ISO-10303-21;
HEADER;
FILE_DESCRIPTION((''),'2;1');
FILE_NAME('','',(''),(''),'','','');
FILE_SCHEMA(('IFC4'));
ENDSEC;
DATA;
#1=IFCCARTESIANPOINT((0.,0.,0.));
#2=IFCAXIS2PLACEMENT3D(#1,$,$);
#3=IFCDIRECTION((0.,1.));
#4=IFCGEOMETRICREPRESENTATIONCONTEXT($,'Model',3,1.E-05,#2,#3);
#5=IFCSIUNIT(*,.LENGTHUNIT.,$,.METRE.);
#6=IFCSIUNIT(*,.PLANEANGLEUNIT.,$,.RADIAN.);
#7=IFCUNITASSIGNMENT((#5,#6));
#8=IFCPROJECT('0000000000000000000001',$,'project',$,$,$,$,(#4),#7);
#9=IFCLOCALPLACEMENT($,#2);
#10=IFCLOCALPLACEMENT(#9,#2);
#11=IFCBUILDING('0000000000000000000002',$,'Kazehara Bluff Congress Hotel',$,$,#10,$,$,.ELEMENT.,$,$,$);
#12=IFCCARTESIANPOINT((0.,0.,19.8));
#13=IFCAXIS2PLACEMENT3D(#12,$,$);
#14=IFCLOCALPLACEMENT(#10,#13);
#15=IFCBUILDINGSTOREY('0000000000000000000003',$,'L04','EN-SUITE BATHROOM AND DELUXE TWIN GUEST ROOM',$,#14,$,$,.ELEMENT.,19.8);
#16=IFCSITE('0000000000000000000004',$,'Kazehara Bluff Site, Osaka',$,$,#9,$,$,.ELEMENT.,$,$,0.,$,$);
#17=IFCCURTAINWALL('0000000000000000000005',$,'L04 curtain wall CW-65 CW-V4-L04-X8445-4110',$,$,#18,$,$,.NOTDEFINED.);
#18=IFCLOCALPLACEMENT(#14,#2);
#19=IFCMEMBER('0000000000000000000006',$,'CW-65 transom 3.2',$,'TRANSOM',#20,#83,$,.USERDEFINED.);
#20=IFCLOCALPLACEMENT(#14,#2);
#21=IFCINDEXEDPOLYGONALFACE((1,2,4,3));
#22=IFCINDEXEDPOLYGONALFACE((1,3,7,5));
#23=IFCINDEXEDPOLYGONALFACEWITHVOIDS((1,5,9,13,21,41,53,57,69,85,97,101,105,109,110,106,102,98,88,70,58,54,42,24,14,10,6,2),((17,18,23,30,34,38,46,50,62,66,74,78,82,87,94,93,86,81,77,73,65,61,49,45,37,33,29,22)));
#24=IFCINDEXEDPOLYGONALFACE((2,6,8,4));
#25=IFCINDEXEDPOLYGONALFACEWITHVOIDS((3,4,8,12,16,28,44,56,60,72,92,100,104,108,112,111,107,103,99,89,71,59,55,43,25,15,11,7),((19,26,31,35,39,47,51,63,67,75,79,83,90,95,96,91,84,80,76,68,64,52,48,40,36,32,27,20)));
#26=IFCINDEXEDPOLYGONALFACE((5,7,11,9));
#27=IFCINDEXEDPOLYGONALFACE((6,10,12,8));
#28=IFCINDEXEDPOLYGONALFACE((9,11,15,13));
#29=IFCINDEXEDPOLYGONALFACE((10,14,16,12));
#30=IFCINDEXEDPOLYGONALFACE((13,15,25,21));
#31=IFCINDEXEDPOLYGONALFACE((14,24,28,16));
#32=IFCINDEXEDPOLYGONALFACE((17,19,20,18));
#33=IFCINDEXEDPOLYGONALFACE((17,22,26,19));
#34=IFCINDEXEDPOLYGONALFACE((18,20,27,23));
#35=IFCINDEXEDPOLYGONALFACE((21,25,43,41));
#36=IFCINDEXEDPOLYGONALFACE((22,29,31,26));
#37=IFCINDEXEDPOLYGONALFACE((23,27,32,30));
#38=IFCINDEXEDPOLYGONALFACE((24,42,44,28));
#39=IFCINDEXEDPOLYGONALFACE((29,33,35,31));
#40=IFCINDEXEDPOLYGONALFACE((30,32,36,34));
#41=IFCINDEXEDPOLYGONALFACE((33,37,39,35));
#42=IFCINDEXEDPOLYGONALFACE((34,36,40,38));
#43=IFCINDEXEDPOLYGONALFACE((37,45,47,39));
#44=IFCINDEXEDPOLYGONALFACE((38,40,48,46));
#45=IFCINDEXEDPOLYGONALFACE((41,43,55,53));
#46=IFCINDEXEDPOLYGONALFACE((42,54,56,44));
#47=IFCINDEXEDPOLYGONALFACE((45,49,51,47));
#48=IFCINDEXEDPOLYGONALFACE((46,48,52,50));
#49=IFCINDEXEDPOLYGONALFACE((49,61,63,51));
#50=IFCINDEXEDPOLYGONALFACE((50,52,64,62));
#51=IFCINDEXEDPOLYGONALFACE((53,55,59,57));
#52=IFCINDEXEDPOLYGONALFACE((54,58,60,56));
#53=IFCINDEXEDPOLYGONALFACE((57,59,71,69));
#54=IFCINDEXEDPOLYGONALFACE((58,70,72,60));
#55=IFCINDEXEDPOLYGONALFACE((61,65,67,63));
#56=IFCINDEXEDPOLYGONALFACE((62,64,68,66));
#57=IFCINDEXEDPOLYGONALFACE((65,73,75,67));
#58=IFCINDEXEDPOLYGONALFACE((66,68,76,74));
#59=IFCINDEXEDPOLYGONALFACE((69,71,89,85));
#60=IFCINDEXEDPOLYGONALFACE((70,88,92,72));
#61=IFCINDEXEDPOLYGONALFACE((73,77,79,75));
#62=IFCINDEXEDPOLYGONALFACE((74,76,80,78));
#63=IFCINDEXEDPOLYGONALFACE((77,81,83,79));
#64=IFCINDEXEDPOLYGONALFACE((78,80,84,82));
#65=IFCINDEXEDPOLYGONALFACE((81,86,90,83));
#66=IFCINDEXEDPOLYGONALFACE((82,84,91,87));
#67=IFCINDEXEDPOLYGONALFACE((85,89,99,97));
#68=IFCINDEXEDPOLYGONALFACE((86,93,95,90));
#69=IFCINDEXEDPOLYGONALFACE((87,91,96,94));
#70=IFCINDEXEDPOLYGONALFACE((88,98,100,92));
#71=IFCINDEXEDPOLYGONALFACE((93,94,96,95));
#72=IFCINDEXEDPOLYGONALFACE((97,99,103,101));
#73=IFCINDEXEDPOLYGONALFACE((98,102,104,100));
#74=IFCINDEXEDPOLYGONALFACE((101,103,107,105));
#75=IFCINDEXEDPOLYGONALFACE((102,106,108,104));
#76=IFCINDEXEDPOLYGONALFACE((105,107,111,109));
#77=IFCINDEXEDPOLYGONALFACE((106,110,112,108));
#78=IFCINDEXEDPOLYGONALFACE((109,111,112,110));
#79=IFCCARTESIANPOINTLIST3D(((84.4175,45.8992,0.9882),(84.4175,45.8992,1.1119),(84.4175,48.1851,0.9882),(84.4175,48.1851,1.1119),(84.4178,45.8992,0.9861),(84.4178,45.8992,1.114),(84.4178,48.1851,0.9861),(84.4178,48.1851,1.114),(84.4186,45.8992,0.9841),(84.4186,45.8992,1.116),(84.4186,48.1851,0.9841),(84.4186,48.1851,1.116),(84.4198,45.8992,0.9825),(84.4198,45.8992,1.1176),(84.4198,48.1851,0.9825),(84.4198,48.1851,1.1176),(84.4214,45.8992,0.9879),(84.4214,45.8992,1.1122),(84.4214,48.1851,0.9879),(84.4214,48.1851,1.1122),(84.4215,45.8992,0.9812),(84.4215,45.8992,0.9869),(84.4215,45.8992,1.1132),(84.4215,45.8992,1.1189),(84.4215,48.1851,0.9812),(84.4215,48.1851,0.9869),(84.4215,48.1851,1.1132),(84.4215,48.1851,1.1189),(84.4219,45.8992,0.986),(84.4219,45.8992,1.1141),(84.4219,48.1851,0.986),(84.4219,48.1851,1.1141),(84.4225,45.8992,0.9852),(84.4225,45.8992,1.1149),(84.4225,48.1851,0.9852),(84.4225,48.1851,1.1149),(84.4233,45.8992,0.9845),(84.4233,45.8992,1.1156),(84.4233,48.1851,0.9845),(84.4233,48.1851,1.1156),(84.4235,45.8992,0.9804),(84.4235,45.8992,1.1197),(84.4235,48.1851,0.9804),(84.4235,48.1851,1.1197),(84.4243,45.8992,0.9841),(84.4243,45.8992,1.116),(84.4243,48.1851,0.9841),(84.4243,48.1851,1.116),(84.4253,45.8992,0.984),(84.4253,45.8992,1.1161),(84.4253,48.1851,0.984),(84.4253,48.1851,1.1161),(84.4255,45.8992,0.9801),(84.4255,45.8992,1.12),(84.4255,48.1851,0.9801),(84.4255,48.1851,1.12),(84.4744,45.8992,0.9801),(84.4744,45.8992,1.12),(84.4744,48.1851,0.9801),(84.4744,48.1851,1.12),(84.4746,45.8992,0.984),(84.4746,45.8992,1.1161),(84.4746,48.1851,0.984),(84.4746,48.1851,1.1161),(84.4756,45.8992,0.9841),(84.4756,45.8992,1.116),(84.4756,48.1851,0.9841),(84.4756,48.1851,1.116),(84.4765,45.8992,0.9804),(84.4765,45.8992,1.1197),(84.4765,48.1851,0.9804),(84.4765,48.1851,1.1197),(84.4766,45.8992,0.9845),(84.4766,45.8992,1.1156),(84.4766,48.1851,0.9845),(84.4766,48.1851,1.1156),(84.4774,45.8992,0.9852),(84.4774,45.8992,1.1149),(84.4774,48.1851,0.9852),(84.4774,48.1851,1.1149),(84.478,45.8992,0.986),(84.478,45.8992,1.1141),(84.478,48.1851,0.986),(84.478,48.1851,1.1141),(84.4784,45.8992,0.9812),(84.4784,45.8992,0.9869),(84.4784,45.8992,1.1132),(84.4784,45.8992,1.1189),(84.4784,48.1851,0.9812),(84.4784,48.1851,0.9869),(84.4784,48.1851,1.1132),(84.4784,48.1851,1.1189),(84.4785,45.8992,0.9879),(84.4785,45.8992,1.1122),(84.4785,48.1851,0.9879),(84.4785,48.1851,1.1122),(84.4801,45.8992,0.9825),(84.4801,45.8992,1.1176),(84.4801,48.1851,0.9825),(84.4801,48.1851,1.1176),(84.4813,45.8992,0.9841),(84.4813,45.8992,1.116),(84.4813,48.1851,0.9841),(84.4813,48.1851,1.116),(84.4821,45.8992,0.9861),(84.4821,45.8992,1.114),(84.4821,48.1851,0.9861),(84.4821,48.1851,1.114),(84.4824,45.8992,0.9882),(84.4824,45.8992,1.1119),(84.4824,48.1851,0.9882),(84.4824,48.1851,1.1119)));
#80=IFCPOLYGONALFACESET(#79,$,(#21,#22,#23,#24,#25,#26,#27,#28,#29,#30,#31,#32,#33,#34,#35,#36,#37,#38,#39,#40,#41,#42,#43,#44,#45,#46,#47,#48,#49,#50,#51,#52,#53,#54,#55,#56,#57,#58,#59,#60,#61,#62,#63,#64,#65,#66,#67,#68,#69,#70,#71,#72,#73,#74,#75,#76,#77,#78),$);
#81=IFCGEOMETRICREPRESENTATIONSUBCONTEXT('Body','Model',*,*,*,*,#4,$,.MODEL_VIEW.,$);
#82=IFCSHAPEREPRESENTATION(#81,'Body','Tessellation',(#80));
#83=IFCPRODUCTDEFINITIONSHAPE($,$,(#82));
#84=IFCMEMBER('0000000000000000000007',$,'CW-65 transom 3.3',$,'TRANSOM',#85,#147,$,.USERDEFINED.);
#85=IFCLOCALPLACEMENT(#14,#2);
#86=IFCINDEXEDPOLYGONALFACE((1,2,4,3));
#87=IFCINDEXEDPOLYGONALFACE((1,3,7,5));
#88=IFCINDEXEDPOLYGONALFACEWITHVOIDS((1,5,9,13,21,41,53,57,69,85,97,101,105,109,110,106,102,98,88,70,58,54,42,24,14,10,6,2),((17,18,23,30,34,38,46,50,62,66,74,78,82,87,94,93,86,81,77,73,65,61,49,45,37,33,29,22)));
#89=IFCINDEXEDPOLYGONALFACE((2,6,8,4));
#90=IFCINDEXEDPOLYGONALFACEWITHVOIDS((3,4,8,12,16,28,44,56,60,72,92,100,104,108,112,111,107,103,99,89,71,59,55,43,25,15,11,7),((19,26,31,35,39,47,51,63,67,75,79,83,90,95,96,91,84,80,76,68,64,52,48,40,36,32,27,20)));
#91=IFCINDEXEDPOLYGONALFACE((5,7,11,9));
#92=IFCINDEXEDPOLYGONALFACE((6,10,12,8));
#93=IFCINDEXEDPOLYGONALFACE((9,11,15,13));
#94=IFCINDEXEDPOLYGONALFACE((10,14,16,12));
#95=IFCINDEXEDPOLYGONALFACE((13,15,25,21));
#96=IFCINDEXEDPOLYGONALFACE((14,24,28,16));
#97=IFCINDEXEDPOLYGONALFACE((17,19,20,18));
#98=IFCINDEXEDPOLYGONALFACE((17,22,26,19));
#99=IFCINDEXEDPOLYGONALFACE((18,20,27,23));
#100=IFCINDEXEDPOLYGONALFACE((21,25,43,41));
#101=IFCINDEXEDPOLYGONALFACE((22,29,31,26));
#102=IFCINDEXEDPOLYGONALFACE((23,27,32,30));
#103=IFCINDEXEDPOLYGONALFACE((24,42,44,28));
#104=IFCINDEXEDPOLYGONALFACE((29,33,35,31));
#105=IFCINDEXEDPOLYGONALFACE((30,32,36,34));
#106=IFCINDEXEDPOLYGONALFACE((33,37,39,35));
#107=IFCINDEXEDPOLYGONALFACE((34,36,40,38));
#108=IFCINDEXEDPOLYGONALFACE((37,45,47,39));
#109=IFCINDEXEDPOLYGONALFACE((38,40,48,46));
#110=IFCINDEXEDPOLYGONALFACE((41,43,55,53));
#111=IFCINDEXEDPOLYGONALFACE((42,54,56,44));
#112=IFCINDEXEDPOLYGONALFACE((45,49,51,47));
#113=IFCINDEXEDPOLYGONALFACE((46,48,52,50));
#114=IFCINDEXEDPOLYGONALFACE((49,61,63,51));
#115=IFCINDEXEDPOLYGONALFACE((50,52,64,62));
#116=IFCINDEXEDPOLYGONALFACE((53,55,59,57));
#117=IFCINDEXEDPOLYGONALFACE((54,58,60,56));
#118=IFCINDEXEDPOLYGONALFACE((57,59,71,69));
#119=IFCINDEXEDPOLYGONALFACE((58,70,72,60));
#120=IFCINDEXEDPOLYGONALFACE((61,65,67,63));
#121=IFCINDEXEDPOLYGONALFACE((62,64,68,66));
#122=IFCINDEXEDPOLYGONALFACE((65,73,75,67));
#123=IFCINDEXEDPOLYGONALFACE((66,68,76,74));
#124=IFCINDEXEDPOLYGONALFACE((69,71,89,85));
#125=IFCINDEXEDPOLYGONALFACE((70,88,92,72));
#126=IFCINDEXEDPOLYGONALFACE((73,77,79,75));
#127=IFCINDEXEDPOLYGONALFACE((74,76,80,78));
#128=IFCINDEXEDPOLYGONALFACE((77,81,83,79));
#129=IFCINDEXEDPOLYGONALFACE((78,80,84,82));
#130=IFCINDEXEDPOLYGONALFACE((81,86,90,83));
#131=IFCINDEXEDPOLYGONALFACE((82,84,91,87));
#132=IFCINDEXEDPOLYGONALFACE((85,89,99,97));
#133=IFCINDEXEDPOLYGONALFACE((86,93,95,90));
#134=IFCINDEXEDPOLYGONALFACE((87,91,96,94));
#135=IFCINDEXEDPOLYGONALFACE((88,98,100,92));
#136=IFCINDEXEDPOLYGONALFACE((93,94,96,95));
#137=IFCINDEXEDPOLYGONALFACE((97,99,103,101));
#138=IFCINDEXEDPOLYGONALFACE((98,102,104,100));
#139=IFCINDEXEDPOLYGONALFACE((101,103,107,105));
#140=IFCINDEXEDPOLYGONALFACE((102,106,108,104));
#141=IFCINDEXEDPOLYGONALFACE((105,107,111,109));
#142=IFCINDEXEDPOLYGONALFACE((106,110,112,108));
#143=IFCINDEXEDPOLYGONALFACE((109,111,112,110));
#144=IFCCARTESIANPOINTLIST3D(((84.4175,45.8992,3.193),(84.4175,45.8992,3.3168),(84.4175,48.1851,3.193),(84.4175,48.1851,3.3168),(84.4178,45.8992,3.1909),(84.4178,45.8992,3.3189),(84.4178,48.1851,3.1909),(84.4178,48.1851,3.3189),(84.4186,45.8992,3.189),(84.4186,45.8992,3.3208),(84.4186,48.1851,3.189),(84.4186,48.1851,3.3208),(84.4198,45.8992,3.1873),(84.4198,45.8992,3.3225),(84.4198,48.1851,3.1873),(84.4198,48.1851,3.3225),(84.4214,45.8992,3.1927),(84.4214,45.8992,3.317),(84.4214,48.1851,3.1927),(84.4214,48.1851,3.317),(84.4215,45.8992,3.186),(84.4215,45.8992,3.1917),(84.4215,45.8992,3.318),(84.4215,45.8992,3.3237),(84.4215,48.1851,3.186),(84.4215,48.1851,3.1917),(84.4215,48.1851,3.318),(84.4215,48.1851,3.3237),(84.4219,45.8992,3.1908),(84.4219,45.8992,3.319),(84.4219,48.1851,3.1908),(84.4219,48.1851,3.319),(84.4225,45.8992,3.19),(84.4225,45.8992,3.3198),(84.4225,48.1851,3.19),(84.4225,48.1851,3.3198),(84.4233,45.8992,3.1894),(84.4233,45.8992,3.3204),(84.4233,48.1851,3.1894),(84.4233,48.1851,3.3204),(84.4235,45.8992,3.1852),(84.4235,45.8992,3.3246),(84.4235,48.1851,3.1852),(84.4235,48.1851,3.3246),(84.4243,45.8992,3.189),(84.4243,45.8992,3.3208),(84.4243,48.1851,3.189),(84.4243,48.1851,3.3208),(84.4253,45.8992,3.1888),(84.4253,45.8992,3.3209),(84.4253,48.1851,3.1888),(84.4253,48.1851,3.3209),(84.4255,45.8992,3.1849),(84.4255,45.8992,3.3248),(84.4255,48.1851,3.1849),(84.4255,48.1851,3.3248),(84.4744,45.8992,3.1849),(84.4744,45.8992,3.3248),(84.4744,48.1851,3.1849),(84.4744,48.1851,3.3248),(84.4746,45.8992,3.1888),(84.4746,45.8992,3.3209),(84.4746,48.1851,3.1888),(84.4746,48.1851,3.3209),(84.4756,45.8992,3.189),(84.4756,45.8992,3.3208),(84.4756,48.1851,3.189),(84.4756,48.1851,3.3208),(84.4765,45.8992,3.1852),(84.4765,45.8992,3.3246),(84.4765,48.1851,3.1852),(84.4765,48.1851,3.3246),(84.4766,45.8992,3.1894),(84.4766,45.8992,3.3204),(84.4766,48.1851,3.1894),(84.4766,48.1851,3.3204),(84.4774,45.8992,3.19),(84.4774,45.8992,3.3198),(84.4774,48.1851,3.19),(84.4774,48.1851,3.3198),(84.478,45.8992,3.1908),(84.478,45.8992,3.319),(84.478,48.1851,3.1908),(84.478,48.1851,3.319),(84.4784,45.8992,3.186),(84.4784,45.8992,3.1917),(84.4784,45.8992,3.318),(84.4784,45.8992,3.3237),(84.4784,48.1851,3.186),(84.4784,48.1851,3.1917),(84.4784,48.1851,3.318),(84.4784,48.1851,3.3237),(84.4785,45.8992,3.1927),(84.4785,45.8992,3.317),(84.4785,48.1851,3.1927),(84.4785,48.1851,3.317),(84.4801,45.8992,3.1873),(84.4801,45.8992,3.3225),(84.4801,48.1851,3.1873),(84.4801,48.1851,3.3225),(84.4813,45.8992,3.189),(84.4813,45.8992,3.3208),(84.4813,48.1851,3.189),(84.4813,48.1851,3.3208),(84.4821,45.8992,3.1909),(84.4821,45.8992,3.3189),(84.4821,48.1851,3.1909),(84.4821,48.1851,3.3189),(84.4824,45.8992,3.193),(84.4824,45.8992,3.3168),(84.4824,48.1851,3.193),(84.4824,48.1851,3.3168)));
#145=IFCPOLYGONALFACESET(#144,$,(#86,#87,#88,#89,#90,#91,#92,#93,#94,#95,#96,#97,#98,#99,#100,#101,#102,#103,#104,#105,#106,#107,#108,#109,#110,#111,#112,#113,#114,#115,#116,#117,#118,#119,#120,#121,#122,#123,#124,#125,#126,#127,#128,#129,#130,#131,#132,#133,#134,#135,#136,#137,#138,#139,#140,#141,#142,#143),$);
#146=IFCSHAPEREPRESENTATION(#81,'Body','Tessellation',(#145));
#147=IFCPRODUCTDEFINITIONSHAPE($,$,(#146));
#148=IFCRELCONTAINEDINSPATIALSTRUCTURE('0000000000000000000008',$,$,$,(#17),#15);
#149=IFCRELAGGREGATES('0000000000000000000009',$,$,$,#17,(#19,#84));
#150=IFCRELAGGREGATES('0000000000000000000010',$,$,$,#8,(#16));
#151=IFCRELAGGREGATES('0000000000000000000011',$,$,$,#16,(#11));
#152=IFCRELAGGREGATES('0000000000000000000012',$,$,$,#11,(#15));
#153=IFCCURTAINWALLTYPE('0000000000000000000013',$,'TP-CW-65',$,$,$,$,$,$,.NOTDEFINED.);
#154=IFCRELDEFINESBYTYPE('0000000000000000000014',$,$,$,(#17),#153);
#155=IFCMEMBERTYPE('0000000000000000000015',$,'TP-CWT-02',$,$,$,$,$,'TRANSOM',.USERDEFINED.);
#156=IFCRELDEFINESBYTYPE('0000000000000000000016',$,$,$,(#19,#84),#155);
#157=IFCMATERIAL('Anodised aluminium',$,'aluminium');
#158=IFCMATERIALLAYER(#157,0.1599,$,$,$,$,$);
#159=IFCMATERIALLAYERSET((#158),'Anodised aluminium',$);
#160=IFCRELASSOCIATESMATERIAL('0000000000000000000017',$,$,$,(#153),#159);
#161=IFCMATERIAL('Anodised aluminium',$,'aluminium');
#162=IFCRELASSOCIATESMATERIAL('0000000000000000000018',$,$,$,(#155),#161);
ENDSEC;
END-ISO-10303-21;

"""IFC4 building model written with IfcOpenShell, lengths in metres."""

from ifc_helpers import new_model, si_unit, direction, frame, origin, origin_2d, place, context, subcontext, project, spatial, hollow_rectangle, extrude, material, layer, layer_set, material_profile, profile_set, type_object, element, aggregate, save


model = new_model("IFC4")

# Units and contexts
model_context = context("Model", 3, precision=1e-05, world=origin(), true_north=direction((0.0, 1.0)))
body_context = subcontext(model_context, "Body", "Model", "MODEL_VIEW")
ifc_project = project(units=[si_unit("LENGTHUNIT", "METRE"), si_unit("PLANEANGLEUNIT", "RADIAN")], contexts=[model_context])

# Site, building, storey
site_placement = place(None, origin())
site = spatial("IfcSite", under=ifc_project, at=site_placement, Name="Kazehara Bluff Site, Osaka", CompositionType="ELEMENT", RefElevation=0.0)
building_placement = place(site_placement, origin())
building = spatial("IfcBuilding", under=site, at=building_placement, Name="Kazehara Bluff Congress Hotel", CompositionType="ELEMENT")
storey_placement = place(building_placement, frame((0.0, 0.0, 19.8)))
storey = spatial("IfcBuildingStorey", under=building, at=storey_placement, Name="L04", Description="EN-SUITE BATHROOM AND DELUXE TWIN GUEST ROOM", CompositionType="ELEMENT", Elevation=19.8)

# Curtain wall
ifc_material_1 = material(Name="Anodised aluminium", Category="aluminium")
ifc_layer_1 = layer(ifc_material_1, 0.1599)
ifc_layer_set_1 = layer_set([ifc_layer_1], Name="Anodised aluminium")
curtain_wall_type_1 = type_object("IfcCurtainWallType", Name="TP-CW-65", PredefinedType="NOTDEFINED", material=ifc_layer_set_1)
curtain_wall_1_placement = place(storey_placement, origin())
curtain_wall_1 = element("IfcCurtainWall", 1, at=curtain_wall_1_placement, inside=storey, type_object=curtain_wall_type_1, Name="L04 curtain wall CW-65 CW-V4-L04-X8445-4110", PredefinedType="NOTDEFINED")

# Members
ifc_material_2 = material(Name="Anodised aluminium", Category="aluminium")
ifc_material_profile_1 = material_profile(ifc_material_2, hollow_rectangle(XDim=0.0649, YDim=0.1399, WallThickness=0.0039, InnerFilletRadius=0.0039, OuterFilletRadius=0.0081, at=origin_2d()))
ifc_profile_set_1 = profile_set([ifc_material_profile_1], Name="Anodised aluminium")
member_type_1 = type_object("IfcMemberType", Name="TP-CWT-02", ElementType="TRANSOM", PredefinedType="USERDEFINED", material=ifc_profile_set_1)
member_1_placement = place(storey_placement, frame((84.45, 45.8992, 1.05), z_axis=(0.0, 1.0, 0.0), x_axis=(-1.0, 0.0, 0.0)))
member_1 = element("IfcMember", 2, at=member_1_placement, type_object=member_type_1, Name="CW-65 transom 3.2", ObjectType="TRANSOM", PredefinedType="USERDEFINED", context=body_context, shape_type="SweptSolid", body=[
    extrude(hollow_rectangle(XDim=0.0649, YDim=0.1399, WallThickness=0.0039, InnerFilletRadius=0.0039, OuterFilletRadius=0.0081, at=origin_2d()), origin(), (0.0, 0.0, 1.0), 2.2859),
])
member_2_placement = place(storey_placement, frame((84.45, 45.8992, 3.2549), z_axis=(0.0, 1.0, 0.0), x_axis=(-1.0, 0.0, 0.0)))
member_2 = element("IfcMember", 3, at=member_2_placement, type_object=member_type_1, Name="CW-65 transom 3.3", ObjectType="TRANSOM", PredefinedType="USERDEFINED", context=body_context, shape_type="SweptSolid", body=[
    extrude(hollow_rectangle(XDim=0.0649, YDim=0.1399, WallThickness=0.0039, InnerFilletRadius=0.0039, OuterFilletRadius=0.0081, at=origin_2d()), origin(), (0.0, 0.0, 1.0), 2.2859),
])

aggregate(curtain_wall_1, [member_1, member_2])

save(model, "model.ifc")
